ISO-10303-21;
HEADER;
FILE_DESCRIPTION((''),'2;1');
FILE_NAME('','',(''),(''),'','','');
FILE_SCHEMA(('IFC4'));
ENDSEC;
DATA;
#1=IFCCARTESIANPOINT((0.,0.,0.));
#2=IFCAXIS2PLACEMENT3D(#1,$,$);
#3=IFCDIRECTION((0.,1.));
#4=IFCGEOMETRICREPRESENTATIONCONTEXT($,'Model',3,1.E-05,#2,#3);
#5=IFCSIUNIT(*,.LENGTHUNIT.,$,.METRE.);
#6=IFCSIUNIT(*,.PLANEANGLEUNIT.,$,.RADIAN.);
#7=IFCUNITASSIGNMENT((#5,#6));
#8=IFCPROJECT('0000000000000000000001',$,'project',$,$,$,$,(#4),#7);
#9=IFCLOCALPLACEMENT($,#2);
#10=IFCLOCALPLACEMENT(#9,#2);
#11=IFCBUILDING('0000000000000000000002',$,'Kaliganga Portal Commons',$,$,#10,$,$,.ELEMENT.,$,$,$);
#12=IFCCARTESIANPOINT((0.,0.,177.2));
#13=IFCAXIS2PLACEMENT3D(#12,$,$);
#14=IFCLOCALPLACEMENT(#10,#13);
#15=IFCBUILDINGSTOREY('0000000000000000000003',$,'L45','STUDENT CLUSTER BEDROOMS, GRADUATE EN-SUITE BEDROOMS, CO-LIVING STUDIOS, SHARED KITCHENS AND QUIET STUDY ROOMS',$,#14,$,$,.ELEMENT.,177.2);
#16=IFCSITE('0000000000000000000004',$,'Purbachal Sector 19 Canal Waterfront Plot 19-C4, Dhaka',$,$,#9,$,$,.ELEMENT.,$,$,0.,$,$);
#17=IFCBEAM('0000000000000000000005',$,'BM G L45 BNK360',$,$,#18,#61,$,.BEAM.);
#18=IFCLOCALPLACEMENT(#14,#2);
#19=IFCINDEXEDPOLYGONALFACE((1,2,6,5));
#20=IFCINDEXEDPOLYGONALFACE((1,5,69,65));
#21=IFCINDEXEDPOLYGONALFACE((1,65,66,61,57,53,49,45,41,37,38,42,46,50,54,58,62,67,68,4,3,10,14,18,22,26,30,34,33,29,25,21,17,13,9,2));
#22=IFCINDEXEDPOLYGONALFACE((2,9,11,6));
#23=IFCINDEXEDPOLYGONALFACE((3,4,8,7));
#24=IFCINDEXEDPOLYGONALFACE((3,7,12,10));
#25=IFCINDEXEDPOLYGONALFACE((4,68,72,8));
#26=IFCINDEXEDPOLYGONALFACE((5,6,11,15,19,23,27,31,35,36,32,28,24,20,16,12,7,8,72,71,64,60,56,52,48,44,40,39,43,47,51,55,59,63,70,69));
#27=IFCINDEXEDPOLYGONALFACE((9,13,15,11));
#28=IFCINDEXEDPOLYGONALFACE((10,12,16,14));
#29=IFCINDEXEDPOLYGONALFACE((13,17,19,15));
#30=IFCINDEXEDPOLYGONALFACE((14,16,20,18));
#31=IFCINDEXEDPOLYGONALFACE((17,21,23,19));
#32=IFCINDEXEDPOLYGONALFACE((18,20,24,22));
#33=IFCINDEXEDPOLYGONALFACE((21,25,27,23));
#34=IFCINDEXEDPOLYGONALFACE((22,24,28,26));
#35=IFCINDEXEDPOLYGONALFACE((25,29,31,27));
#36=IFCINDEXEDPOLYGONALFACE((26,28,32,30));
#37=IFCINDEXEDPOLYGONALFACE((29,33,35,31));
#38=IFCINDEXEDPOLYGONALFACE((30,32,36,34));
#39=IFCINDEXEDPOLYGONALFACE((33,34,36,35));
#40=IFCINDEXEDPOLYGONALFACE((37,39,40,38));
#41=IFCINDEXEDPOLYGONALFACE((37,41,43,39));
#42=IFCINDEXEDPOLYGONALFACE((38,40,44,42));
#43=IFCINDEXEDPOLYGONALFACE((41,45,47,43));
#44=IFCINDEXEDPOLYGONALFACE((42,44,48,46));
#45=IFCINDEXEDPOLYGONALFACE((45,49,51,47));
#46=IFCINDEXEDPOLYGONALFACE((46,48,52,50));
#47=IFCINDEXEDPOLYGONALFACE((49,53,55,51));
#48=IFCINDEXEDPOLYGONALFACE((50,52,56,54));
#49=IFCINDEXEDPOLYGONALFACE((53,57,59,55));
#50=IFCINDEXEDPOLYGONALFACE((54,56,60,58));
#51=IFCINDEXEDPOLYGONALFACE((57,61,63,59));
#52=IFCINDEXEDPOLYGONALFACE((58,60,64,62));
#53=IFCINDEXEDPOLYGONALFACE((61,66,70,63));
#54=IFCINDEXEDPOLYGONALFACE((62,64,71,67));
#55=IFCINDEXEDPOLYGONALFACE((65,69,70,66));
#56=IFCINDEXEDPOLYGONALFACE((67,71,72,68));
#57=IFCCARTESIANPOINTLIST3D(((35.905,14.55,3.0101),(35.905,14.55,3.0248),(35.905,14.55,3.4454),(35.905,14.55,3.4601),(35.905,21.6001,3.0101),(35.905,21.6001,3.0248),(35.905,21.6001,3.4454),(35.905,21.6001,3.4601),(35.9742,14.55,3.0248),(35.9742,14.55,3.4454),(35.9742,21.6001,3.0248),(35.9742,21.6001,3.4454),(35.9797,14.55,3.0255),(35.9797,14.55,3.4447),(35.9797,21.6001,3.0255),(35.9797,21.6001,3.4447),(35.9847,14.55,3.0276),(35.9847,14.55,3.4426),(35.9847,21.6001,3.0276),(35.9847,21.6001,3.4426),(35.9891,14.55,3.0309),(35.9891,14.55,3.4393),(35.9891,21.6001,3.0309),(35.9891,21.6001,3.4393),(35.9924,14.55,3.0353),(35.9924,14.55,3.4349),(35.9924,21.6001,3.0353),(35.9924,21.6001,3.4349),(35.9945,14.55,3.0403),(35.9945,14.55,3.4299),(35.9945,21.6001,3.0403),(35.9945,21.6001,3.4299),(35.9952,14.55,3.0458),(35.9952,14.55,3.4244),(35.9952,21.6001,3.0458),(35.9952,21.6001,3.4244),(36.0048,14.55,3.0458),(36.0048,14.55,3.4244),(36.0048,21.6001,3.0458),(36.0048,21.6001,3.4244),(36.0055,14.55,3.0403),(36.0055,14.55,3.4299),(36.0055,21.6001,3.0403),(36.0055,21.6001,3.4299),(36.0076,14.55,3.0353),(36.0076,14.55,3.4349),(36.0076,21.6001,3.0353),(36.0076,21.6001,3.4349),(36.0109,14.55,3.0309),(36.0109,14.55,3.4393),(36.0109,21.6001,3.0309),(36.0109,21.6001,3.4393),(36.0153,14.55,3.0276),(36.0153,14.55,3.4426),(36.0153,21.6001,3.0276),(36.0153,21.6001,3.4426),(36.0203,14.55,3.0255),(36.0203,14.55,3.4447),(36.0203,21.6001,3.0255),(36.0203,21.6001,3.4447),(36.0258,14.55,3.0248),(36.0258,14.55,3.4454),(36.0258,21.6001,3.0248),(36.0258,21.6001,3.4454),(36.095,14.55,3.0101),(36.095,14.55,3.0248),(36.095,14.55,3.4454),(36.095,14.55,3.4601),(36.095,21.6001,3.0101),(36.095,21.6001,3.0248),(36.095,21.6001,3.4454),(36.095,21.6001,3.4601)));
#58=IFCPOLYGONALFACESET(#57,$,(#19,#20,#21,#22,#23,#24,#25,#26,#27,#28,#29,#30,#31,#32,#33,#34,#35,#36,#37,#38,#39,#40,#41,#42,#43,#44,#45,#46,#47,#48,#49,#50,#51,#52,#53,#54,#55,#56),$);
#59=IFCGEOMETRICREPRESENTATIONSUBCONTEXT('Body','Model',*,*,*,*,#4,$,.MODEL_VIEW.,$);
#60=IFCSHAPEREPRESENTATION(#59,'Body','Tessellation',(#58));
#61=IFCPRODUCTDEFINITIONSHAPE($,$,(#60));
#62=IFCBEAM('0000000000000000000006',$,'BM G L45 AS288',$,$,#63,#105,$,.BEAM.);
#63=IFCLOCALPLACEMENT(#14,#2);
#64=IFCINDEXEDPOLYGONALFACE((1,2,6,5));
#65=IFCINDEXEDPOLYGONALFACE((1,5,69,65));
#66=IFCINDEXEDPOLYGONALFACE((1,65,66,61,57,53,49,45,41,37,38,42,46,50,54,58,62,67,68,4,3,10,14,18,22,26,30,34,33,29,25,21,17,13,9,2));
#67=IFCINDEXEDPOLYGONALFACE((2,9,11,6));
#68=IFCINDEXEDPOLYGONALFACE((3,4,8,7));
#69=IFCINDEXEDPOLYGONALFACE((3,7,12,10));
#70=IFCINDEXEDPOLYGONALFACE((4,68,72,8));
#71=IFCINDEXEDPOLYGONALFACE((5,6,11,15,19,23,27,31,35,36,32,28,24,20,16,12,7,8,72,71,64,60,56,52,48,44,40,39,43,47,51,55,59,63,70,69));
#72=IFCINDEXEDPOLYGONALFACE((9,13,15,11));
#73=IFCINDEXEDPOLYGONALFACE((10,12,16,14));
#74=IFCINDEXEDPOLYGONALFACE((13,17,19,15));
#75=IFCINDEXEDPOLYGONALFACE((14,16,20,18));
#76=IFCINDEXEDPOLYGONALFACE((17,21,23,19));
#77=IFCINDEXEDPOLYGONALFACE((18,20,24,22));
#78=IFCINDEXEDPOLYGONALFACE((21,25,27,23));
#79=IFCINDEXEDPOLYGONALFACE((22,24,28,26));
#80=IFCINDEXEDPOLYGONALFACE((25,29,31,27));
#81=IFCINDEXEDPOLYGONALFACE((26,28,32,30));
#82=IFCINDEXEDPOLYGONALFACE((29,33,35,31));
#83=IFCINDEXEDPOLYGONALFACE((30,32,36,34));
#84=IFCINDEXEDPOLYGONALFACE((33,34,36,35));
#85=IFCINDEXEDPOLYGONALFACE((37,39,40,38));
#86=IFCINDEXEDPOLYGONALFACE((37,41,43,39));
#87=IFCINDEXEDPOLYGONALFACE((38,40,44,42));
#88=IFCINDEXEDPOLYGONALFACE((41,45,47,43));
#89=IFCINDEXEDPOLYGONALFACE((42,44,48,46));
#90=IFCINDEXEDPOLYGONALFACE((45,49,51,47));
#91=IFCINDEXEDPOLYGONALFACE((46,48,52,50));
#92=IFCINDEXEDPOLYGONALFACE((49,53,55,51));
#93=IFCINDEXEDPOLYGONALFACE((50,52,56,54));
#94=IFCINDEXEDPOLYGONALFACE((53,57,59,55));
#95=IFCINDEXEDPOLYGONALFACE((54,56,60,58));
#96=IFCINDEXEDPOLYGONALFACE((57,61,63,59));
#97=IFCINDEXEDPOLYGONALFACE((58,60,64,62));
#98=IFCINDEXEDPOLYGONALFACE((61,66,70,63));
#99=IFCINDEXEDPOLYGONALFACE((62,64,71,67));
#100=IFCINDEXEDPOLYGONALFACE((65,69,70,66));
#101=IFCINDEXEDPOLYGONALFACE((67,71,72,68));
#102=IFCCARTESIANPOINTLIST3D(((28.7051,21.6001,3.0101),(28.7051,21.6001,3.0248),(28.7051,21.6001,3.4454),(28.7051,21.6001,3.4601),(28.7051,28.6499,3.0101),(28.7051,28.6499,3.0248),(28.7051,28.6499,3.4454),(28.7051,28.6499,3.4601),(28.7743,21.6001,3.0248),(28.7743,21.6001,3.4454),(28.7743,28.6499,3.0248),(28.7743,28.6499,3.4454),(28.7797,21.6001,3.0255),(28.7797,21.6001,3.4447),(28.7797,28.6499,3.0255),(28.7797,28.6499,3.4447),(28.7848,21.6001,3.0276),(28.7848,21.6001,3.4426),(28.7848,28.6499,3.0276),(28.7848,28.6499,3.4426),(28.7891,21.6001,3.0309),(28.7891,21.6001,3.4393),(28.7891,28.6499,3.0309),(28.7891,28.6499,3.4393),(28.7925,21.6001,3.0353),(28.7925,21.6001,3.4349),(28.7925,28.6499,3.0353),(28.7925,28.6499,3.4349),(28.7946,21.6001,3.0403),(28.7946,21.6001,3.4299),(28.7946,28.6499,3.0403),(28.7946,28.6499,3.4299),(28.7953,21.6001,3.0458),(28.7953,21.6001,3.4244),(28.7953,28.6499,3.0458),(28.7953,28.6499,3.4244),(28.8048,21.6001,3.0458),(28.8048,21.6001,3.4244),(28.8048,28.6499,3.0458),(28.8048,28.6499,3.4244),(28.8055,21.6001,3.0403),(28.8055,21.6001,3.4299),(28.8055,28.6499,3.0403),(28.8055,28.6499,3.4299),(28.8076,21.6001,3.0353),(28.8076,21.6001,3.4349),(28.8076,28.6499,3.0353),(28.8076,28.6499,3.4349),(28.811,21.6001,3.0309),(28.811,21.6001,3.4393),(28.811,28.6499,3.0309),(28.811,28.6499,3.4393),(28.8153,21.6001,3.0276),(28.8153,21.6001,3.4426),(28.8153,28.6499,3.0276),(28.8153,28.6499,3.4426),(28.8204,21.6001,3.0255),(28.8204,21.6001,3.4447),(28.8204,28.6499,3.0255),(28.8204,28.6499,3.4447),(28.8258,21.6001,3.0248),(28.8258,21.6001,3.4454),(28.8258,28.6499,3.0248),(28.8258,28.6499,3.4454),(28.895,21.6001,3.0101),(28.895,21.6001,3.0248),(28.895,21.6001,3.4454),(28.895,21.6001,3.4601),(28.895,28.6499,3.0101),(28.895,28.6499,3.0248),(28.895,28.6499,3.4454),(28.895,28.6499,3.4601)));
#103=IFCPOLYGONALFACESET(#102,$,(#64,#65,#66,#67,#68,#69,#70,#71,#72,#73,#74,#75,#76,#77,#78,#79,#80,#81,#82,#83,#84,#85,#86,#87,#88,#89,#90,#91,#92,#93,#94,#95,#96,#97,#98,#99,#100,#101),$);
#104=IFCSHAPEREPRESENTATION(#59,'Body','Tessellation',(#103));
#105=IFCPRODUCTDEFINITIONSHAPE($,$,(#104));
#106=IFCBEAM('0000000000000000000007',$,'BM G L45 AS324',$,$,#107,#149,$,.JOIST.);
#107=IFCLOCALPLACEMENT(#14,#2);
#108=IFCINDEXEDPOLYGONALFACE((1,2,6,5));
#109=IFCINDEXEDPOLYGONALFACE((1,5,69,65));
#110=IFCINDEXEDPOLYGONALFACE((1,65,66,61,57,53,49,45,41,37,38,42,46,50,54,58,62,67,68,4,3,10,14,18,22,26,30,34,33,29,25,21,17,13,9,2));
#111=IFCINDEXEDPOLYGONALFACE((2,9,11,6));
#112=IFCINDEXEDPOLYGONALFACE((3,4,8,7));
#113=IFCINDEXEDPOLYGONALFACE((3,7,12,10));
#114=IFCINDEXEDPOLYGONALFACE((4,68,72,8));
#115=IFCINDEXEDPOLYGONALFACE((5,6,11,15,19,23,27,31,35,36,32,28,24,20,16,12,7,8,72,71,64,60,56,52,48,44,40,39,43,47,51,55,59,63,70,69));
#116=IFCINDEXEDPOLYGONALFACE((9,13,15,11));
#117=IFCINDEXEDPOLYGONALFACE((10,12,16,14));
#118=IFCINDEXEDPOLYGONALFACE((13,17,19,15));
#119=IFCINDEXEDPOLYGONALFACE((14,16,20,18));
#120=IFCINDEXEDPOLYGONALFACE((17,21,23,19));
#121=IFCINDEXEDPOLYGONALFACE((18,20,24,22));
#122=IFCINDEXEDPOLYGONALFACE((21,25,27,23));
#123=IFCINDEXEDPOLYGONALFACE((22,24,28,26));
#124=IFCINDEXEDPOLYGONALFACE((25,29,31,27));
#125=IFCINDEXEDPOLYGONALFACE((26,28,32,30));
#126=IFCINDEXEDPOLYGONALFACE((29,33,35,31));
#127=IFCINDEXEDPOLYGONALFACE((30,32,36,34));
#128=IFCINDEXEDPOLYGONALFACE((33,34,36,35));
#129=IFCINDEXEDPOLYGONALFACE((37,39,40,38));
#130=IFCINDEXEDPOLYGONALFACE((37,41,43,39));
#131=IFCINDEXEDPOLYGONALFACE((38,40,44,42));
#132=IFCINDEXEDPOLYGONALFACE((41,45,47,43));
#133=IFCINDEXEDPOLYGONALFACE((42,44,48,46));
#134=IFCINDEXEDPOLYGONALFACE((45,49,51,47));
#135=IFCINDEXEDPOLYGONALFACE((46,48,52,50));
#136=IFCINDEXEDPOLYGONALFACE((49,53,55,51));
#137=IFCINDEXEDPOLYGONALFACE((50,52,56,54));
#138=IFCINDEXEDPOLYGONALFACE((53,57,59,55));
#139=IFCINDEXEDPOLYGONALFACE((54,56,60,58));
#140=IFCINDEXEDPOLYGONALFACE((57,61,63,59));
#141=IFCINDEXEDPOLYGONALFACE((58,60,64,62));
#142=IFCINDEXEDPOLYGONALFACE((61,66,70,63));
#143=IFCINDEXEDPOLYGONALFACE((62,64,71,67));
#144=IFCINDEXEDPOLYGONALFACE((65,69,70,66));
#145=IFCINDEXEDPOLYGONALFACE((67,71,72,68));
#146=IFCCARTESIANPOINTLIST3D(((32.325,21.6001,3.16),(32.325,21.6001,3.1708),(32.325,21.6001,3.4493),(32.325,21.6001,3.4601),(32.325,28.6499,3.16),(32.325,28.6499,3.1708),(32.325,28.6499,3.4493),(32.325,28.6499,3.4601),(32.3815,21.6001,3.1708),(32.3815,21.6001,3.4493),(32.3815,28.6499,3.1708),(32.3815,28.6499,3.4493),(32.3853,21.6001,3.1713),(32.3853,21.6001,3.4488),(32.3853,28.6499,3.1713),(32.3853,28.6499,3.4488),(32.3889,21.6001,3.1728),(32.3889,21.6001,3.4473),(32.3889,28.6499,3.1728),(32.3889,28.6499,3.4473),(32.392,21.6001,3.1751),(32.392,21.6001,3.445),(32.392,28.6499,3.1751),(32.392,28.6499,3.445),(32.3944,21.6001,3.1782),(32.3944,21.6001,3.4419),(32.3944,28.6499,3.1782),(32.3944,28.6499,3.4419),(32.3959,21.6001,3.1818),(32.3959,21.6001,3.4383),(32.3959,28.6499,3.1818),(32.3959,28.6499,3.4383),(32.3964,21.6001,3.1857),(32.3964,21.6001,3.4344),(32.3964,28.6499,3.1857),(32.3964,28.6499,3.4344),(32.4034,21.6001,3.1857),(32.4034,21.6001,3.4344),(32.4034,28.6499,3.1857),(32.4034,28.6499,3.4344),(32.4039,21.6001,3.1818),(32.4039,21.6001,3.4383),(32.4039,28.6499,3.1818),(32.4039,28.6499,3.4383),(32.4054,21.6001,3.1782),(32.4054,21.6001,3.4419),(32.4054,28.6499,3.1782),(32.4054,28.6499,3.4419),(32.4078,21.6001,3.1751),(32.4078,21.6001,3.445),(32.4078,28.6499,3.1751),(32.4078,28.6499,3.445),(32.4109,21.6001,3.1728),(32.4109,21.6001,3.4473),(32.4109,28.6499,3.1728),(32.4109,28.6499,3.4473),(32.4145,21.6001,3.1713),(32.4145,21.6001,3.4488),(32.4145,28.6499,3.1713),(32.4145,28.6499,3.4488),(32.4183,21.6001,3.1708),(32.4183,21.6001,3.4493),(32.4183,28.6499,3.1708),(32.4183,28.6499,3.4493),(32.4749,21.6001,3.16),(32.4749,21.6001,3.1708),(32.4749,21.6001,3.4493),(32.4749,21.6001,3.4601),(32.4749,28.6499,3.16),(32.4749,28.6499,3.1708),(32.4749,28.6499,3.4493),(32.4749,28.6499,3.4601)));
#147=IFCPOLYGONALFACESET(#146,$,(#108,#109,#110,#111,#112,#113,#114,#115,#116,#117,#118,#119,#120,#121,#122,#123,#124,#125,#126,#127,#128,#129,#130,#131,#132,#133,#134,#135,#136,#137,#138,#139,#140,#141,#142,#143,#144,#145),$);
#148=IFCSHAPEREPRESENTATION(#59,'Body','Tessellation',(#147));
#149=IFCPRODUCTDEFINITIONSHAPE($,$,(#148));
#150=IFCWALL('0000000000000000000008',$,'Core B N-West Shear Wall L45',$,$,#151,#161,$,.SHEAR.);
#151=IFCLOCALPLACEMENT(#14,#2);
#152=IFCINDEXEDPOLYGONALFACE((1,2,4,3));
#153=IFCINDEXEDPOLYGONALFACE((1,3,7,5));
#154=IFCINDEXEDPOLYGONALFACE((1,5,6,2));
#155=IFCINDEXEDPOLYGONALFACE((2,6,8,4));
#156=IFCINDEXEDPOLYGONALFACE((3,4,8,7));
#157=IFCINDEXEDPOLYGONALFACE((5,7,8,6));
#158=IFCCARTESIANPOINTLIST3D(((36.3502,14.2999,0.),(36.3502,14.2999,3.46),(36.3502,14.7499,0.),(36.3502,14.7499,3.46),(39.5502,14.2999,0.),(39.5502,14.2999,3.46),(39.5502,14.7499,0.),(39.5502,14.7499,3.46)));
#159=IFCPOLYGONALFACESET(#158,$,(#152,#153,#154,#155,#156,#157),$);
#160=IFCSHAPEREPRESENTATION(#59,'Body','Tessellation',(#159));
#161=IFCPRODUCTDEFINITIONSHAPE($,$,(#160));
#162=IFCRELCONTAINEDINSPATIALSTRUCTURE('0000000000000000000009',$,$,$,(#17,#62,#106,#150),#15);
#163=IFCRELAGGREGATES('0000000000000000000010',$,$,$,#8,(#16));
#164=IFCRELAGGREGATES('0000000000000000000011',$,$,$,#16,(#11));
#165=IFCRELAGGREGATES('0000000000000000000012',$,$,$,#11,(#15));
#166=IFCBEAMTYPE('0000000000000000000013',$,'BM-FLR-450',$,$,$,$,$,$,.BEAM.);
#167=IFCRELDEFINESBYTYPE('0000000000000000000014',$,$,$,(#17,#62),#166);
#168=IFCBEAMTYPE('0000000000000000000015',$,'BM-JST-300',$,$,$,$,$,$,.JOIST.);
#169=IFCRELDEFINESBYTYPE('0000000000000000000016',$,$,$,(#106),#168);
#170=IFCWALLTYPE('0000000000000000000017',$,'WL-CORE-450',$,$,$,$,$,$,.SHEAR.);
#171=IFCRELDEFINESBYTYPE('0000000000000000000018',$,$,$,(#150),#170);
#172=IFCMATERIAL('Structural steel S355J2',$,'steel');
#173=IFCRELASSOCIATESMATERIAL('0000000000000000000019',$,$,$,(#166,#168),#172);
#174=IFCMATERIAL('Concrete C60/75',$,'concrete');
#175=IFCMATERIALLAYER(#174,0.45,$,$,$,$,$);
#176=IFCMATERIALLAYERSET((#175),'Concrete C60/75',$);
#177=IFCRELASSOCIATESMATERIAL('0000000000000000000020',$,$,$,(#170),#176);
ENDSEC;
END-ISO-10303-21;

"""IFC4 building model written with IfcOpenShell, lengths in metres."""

from ifc_helpers import new_model, si_unit, direction, frame, frame_2d, origin, origin_2d, place, context, subcontext, project, spatial, rectangle, i_section, extrude, source, transform, mapped, material, layer, layer_set, material_profile, profile_set, type_object, element, save


model = new_model("IFC4")

# Units and contexts
model_context = context("Model", 3, precision=1e-05, world=origin(), true_north=direction((0.0, 1.0)))
body_context = subcontext(model_context, "Body", "Model", "MODEL_VIEW")
ifc_project = project(units=[si_unit("LENGTHUNIT", "METRE"), si_unit("PLANEANGLEUNIT", "RADIAN")], contexts=[model_context])

# Site, building, storey
site_placement = place(None, origin())
site = spatial("IfcSite", under=ifc_project, at=site_placement, Name="Purbachal Sector 19 Canal Waterfront Plot 19-C4, Dhaka", CompositionType="ELEMENT", RefElevation=0.0)
building_placement = place(site_placement, origin())
building = spatial("IfcBuilding", under=site, at=building_placement, Name="Kaliganga Portal Commons", CompositionType="ELEMENT")
storey_placement = place(building_placement, frame((0.0, 0.0, 177.2)))
storey = spatial("IfcBuildingStorey", under=building, at=storey_placement, Name="L45", Description="STUDENT CLUSTER BEDROOMS, GRADUATE EN-SUITE BEDROOMS, CO-LIVING STUDIOS, SHARED KITCHENS AND QUIET STUDY ROOMS", CompositionType="ELEMENT", Elevation=177.2)

# Shared definitions
ifc_material_1 = material(Name="Concrete C60/75", Category="concrete")

# Beams
ifc_material_2 = material(Name="Structural steel S355J2", Category="steel")
ifc_material_profile_1 = material_profile(ifc_material_2, i_section(OverallWidth=0.1899, OverallDepth=0.45, WebThickness=0.0095, FlangeThickness=0.0146, FilletRadius=0.021, at=origin_2d()), Name="IPE 450")
ifc_profile_set_1 = profile_set([ifc_material_profile_1], Name="Structural steel S355J2 wide-flange")
beam_type_1 = type_object("IfcBeamType", Name="BM-FLR-450", PredefinedType="BEAM", material=ifc_profile_set_1)
shared_shape_1 = source(origin(), body_context, "Body", "SweptSolid", [
    extrude(i_section(OverallWidth=0.1899, OverallDepth=0.45, WebThickness=0.0095, FlangeThickness=0.0146, FilletRadius=0.021, at=origin_2d()), origin(), (0.0, 0.0, 1.0), 7.05),
])
beam_1_placement = place(storey_placement, frame((36.0, 14.55, 3.2351), z_axis=(0.0, 1.0, 0.0), x_axis=(-1.0, 0.0, 0.0)))
element("IfcBeam", 1, at=beam_1_placement, inside=storey, type_object=beam_type_1, Name="BM G L45 BNK360", PredefinedType="BEAM", context=body_context, shape_type="MappedRepresentation", body=[
    mapped(shared_shape_1, transform((0.0, 0.0, 0.0), x_axis=(1.0, 0.0, 0.0), y_axis=(0.0, 1.0, 0.0), z_axis=(0.0, 0.0, 1.0), scale=1.0)),
])
shared_shape_2 = source(origin(), body_context, "Body", "SweptSolid", [
    extrude(i_section(OverallWidth=0.1899, OverallDepth=0.45, WebThickness=0.0095, FlangeThickness=0.0146, FilletRadius=0.021, at=origin_2d()), origin(), (0.0, 0.0, 1.0), 7.0498),
])
beam_2_placement = place(storey_placement, frame((28.8, 21.6001, 3.2351), z_axis=(0.0, 1.0, 0.0), x_axis=(-1.0, 0.0, 0.0)))
element("IfcBeam", 2, at=beam_2_placement, inside=storey, type_object=beam_type_1, Name="BM G L45 AS288", PredefinedType="BEAM", context=body_context, shape_type="MappedRepresentation", body=[
    mapped(shared_shape_2, transform((0.0, 0.0, 0.0), x_axis=(1.0, 0.0, 0.0), y_axis=(0.0, 1.0, 0.0), z_axis=(0.0, 0.0, 1.0), scale=1.0)),
])
ifc_material_profile_2 = material_profile(ifc_material_2, i_section(OverallWidth=0.1499, OverallDepth=0.3, WebThickness=0.0071, FlangeThickness=0.0107, FilletRadius=0.0149, at=origin_2d()), Name="IPE 300")
ifc_profile_set_2 = profile_set([ifc_material_profile_2], Name="Structural steel S355J2 wide-flange")
beam_type_2 = type_object("IfcBeamType", Name="BM-JST-300", PredefinedType="JOIST", material=ifc_profile_set_2)
shared_shape_3 = source(origin(), body_context, "Body", "SweptSolid", [
    extrude(i_section(OverallWidth=0.1499, OverallDepth=0.3, WebThickness=0.0071, FlangeThickness=0.0107, FilletRadius=0.0149, at=origin_2d()), origin(), (0.0, 0.0, 1.0), 7.0498),
])
beam_3_placement = place(storey_placement, frame((32.3999, 21.6001, 3.3101), z_axis=(0.0, 1.0, 0.0), x_axis=(-1.0, 0.0, 0.0)))
element("IfcBeam", 3, at=beam_3_placement, inside=storey, type_object=beam_type_2, Name="BM G L45 AS324", PredefinedType="JOIST", context=body_context, shape_type="MappedRepresentation", body=[
    mapped(shared_shape_3, transform((0.0, 0.0, 0.0), x_axis=(1.0, 0.0, 0.0), y_axis=(0.0, 1.0, 0.0), z_axis=(0.0, 0.0, 1.0), scale=1.0)),
])

# Wall
ifc_layer_1 = layer(ifc_material_1, 0.45)
ifc_layer_set_1 = layer_set([ifc_layer_1], Name="Concrete C60/75")
wall_type_1 = type_object("IfcWallType", Name="WL-CORE-450", PredefinedType="SHEAR", material=ifc_layer_set_1)
wall_1_placement = place(storey_placement, frame((36.3501, 14.5249, 0.0), z_axis=(0.0, 0.0, 1.0), x_axis=(1.0, 0.0, 0.0)))
element("IfcWall", 4, at=wall_1_placement, inside=storey, type_object=wall_type_1, Name="Core B N-West Shear Wall L45", PredefinedType="SHEAR", context=body_context, shape_type="SweptSolid", body=[
    extrude(rectangle(XDim=3.2, YDim=0.45, at=frame_2d((1.6001, 0.0))), origin(), (0.0, 0.0, 1.0), 3.46),
])

save(model, "model.ifc")
